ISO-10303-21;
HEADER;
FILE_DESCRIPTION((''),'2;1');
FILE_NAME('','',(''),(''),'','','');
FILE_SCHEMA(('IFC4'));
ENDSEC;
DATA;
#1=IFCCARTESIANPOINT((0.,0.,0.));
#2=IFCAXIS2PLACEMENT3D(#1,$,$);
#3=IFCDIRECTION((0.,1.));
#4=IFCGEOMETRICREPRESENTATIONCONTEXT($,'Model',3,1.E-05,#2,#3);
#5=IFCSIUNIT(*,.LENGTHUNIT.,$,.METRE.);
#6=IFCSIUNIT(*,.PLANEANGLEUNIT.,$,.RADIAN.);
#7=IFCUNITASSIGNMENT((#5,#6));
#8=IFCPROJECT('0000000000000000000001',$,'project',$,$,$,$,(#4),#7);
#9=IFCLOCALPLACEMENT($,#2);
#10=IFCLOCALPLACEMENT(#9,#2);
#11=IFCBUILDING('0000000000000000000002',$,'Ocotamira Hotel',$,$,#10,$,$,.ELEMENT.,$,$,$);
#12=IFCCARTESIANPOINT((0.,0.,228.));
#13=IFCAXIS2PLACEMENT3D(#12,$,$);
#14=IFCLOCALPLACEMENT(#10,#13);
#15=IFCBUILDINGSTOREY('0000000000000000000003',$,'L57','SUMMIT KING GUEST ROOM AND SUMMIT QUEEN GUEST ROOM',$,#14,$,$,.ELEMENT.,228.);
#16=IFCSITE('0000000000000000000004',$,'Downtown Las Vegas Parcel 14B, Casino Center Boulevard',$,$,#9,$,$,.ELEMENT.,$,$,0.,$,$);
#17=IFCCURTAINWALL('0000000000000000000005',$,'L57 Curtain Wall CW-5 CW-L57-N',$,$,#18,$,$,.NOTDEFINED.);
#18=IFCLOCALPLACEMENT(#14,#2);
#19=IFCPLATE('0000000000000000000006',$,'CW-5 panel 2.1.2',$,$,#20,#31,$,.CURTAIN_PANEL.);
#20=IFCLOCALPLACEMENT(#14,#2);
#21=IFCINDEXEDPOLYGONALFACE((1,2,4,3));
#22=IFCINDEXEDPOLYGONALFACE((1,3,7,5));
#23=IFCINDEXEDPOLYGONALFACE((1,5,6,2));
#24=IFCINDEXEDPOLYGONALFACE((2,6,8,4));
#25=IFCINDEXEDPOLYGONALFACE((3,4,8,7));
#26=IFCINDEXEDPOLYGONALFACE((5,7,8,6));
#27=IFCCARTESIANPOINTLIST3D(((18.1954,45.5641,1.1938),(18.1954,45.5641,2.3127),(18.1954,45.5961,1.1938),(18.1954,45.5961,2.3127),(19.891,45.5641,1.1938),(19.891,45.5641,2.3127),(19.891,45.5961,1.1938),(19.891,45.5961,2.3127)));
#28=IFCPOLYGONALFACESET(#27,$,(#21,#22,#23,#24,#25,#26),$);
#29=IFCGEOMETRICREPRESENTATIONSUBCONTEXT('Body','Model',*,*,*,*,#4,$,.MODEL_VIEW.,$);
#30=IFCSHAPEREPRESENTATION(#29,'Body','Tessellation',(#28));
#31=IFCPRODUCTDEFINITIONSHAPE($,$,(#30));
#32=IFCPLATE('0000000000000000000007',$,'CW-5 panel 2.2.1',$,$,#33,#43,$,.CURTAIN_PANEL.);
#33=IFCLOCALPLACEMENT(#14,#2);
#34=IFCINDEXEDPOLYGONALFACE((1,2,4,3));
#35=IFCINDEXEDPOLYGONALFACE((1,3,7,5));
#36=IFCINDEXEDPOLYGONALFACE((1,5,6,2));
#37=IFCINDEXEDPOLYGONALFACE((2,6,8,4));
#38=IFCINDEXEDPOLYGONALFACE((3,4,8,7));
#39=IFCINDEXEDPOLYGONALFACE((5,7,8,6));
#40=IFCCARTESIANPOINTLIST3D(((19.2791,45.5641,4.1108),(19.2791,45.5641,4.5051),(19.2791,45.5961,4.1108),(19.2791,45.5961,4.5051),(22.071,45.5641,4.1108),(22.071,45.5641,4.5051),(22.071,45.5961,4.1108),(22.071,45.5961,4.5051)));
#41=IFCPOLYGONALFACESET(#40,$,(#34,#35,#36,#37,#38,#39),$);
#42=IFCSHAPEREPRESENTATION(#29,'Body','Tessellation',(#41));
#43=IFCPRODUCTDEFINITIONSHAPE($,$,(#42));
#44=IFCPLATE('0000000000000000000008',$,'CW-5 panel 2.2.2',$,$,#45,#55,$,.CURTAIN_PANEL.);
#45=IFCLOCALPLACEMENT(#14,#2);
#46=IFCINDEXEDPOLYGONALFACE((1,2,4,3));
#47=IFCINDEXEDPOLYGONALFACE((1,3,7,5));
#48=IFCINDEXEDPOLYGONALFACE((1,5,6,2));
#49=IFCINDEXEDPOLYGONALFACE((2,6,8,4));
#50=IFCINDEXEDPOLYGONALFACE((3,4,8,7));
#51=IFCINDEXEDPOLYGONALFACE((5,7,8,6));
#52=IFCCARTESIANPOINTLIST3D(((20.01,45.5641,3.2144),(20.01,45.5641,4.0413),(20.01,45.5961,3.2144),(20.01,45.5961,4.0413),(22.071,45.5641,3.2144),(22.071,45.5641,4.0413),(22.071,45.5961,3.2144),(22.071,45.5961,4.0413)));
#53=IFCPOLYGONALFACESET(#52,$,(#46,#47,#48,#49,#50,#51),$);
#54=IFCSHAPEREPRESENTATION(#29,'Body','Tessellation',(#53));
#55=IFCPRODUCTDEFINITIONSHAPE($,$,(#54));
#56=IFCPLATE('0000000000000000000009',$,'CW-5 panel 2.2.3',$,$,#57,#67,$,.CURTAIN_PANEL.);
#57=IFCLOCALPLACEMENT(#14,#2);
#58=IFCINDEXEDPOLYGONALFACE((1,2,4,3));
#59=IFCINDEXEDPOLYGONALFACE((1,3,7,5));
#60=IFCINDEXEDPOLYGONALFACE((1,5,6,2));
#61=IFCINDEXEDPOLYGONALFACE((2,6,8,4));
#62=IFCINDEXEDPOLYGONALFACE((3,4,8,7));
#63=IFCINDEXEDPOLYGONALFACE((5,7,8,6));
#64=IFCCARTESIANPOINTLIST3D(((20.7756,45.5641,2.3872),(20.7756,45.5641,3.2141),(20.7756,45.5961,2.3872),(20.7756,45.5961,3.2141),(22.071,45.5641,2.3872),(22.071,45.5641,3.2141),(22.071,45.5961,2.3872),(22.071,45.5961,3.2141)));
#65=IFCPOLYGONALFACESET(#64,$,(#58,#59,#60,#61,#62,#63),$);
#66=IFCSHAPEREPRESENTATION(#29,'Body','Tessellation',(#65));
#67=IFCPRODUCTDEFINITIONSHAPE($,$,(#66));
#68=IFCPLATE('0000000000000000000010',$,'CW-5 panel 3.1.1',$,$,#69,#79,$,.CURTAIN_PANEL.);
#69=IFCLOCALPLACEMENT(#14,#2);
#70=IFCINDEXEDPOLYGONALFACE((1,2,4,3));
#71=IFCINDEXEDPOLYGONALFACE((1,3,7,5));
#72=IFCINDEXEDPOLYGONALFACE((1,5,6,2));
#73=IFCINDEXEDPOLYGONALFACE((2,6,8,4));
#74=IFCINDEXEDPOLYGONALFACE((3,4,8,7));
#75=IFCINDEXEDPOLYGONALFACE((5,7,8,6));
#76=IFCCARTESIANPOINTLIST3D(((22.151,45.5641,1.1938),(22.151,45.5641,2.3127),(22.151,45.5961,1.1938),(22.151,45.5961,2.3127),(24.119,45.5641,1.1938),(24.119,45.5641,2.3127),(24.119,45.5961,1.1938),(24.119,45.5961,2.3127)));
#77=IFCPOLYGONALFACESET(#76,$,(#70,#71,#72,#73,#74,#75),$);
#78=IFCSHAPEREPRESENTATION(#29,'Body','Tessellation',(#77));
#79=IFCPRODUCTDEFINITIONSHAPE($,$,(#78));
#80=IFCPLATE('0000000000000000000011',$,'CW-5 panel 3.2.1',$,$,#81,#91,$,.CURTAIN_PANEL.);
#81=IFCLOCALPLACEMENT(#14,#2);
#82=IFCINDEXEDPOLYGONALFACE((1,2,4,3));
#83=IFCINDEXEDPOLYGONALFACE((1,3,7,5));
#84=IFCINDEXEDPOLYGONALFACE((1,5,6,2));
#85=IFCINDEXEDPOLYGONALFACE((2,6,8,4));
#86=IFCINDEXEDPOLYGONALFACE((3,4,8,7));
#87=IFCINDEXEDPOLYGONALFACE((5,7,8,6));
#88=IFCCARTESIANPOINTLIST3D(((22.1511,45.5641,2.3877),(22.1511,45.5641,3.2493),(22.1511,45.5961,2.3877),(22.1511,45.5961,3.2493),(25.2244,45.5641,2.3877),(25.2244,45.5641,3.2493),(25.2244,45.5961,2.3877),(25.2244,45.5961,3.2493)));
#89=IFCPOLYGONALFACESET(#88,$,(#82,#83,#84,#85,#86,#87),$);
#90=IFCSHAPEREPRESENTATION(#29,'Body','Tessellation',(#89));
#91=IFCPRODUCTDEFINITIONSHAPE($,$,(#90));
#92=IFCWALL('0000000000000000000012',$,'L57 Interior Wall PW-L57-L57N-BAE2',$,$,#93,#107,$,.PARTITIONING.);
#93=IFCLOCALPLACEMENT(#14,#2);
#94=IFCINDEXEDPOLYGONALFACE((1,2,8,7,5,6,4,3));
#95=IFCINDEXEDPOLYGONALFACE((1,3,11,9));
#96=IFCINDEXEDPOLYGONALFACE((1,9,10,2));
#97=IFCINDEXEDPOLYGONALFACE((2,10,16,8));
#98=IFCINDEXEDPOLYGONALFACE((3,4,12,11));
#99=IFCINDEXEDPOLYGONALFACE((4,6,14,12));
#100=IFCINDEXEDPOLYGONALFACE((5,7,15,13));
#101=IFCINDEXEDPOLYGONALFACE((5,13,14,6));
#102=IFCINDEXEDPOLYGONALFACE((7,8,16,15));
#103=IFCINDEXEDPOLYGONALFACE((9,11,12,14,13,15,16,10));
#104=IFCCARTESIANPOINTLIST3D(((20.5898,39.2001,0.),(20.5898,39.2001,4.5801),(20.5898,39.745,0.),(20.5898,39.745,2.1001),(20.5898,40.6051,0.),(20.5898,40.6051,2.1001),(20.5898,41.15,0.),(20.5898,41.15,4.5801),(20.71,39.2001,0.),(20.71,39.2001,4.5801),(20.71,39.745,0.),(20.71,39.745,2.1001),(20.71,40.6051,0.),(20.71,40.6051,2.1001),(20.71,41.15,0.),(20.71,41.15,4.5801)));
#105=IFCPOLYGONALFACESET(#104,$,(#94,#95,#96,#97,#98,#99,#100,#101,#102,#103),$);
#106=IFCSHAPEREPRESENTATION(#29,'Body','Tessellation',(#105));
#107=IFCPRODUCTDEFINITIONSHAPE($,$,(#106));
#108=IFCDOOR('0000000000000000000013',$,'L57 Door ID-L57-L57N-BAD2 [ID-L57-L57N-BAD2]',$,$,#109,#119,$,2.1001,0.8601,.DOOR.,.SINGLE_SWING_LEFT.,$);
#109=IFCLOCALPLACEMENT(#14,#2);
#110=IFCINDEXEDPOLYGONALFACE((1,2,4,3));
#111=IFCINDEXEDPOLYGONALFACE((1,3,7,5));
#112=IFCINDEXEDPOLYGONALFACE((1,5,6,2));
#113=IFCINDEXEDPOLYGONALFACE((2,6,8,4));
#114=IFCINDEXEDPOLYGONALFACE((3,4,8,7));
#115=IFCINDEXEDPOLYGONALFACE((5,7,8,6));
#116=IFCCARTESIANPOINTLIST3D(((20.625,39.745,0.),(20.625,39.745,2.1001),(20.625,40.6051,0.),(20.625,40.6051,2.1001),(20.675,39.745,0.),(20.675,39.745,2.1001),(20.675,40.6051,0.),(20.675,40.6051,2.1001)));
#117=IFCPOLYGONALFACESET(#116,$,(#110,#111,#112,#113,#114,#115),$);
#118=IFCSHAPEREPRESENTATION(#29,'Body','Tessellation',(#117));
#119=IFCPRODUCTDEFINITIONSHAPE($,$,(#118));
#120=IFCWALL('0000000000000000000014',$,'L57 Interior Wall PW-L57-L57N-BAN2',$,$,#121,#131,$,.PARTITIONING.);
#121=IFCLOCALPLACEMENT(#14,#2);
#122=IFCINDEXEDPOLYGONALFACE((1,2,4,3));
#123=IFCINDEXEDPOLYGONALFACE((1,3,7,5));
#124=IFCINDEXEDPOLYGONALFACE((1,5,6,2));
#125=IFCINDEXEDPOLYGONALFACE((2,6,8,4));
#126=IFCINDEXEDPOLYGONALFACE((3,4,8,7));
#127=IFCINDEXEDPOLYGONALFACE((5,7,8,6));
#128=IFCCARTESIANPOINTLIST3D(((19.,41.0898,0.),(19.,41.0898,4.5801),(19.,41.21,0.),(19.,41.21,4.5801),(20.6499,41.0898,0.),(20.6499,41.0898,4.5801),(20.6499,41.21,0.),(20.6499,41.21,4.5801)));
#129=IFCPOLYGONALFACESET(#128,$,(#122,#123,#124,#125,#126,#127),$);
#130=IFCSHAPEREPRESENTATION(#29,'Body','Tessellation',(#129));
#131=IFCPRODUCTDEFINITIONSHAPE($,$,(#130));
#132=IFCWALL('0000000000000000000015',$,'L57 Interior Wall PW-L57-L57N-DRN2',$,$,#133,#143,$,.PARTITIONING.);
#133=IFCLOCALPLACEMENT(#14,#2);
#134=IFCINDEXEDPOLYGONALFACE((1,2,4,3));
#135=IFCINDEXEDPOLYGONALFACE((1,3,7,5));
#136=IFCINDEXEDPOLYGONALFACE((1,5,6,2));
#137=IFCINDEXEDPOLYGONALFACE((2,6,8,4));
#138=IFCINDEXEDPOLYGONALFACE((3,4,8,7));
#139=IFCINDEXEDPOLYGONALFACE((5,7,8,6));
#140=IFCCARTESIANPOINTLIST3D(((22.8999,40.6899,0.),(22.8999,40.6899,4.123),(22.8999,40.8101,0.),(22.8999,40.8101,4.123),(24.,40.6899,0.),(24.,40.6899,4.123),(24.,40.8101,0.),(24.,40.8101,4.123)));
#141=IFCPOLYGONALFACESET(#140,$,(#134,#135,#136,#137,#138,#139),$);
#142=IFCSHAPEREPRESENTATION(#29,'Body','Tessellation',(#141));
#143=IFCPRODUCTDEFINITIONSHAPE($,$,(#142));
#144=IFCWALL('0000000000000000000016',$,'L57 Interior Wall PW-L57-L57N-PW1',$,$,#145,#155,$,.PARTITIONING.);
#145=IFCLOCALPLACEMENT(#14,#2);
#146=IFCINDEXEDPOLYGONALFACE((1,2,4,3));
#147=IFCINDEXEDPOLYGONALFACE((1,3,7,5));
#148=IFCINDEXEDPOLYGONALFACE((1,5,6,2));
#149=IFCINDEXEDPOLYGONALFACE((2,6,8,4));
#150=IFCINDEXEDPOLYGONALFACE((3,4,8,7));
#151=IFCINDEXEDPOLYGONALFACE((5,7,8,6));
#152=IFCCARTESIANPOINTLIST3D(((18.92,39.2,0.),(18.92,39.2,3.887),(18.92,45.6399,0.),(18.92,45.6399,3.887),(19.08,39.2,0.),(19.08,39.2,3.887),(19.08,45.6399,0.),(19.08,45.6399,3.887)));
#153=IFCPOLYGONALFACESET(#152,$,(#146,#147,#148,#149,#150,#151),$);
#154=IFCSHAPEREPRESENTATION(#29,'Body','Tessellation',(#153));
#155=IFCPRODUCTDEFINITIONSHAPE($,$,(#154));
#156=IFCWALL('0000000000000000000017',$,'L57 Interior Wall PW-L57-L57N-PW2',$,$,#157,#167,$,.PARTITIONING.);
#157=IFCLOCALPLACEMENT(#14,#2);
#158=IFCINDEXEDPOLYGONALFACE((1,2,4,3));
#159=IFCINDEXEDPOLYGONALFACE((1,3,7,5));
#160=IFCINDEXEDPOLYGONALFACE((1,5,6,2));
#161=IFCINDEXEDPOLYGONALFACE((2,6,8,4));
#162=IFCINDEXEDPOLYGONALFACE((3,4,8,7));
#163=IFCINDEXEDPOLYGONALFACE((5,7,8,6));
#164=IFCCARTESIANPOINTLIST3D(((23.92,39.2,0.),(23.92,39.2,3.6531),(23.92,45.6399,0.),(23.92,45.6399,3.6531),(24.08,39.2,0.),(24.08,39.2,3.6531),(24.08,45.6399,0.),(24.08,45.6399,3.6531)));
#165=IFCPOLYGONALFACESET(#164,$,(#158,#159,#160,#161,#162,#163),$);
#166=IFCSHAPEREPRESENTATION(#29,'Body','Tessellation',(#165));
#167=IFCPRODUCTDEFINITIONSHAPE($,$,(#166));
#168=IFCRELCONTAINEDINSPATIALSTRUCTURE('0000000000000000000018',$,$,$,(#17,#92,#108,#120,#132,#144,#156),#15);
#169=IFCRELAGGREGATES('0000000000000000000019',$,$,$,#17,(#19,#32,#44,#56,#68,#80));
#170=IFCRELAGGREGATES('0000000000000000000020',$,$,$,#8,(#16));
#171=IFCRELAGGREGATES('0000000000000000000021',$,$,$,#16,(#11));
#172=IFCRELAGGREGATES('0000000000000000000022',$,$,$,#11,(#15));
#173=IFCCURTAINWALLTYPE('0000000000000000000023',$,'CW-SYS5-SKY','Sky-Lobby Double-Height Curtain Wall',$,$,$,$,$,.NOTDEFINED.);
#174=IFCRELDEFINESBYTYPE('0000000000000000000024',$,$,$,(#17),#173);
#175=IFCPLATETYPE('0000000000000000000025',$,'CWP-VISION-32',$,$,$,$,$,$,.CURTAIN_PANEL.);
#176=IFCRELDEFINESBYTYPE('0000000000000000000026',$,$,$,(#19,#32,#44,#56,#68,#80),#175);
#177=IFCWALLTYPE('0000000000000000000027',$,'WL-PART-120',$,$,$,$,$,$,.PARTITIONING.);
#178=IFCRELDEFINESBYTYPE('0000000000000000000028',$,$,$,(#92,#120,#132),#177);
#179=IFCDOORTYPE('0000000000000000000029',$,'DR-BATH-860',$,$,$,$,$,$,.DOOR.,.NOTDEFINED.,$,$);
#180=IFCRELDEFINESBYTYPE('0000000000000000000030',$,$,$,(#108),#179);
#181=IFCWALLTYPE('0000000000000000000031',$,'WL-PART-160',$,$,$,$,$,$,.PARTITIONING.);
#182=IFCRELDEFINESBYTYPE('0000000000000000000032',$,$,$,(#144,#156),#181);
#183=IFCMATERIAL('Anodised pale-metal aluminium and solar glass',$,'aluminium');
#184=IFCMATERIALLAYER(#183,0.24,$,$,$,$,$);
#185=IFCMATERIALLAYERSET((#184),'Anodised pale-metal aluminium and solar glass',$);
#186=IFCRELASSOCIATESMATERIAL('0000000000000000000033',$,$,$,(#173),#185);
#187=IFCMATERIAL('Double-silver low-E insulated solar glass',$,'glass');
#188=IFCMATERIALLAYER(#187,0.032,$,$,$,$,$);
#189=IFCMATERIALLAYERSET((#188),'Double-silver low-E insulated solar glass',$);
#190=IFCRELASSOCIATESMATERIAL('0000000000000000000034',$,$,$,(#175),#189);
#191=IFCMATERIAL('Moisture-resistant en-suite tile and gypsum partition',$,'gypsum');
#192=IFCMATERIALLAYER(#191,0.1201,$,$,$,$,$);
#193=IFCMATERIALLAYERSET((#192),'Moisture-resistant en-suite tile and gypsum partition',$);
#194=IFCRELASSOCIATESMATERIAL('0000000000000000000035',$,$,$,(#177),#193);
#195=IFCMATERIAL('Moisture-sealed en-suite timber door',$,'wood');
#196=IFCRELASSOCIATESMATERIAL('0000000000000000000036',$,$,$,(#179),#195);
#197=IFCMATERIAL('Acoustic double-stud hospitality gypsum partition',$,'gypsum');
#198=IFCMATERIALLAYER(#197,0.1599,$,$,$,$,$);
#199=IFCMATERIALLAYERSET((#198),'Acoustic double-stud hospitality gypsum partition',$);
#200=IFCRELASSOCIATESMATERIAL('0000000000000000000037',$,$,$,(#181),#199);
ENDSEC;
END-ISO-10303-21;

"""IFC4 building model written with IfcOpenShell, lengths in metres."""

from ifc_helpers import new_model, si_unit, direction, frame, frame_2d, origin, origin_2d, place, context, subcontext, project, spatial, rectangle, extrude, source, transform, mapped, material, layer, layer_set, type_object, element, fill, aggregate, save


model = new_model("IFC4")

# Units and contexts
model_context = context("Model", 3, precision=1e-05, world=origin(), true_north=direction((0.0, 1.0)))
body_context = subcontext(model_context, "Body", "Model", "MODEL_VIEW")
ifc_project = project(units=[si_unit("LENGTHUNIT", "METRE"), si_unit("PLANEANGLEUNIT", "RADIAN")], contexts=[model_context])

# Site, building, storey
site_placement = place(None, origin())
site = spatial("IfcSite", under=ifc_project, at=site_placement, Name="Downtown Las Vegas Parcel 14B, Casino Center Boulevard", CompositionType="ELEMENT", RefElevation=0.0)
building_placement = place(site_placement, origin())
building = spatial("IfcBuilding", under=site, at=building_placement, Name="Ocotamira Hotel", CompositionType="ELEMENT")
storey_placement = place(building_placement, frame((0.0, 0.0, 228.0)))
storey = spatial("IfcBuildingStorey", under=building, at=storey_placement, Name="L57", Description="SUMMIT KING GUEST ROOM AND SUMMIT QUEEN GUEST ROOM", CompositionType="ELEMENT", Elevation=228.0)

# Curtain wall
ifc_material_1 = material(Name="Anodised pale-metal aluminium and solar glass", Category="aluminium")
ifc_layer_1 = layer(ifc_material_1, 0.24)
ifc_layer_set_1 = layer_set([ifc_layer_1], Name="Anodised pale-metal aluminium and solar glass")
curtain_wall_type = type_object("IfcCurtainWallType", Name="CW-SYS5-SKY", Description="Sky-Lobby Double-Height Curtain Wall", PredefinedType="NOTDEFINED", material=ifc_layer_set_1)
curtain_wall_placement = place(storey_placement, origin())
curtain_wall = element("IfcCurtainWall", 1, at=curtain_wall_placement, inside=storey, type_object=curtain_wall_type, Name="L57 Curtain Wall CW-5 CW-L57-N", PredefinedType="NOTDEFINED")

# Plates
ifc_material_2 = material(Name="Double-silver low-E insulated solar glass", Category="glass")
ifc_layer_2 = layer(ifc_material_2, 0.032)
ifc_layer_set_2 = layer_set([ifc_layer_2], Name="Double-silver low-E insulated solar glass")
plate_type_1 = type_object("IfcPlateType", Name="CWP-VISION-32", PredefinedType="CURTAIN_PANEL", material=ifc_layer_set_2)
shared_shape_1 = source(origin(), body_context, "Body", "SweptSolid", [
    extrude(rectangle(XDim=1.6956, YDim=0.032, at=origin_2d()), origin(), (0.0, 0.0, 1.0), 1.1189),
])
plate_1_placement = place(storey_placement, frame((19.0432, 45.5801, 1.1938), z_axis=(0.0, 0.0, 1.0), x_axis=(1.0, 0.0, 0.0)))
plate_1 = element("IfcPlate", 2, at=plate_1_placement, type_object=plate_type_1, Name="CW-5 panel 2.1.2", PredefinedType="CURTAIN_PANEL", context=body_context, shape_type="MappedRepresentation", body=[
    mapped(shared_shape_1, transform((0.0, 0.0, 0.0), scale=1.0)),
])
shared_shape_2 = source(origin(), body_context, "Body", "SweptSolid", [
    extrude(rectangle(XDim=2.792, YDim=0.032, at=origin_2d()), origin(), (0.0, 0.0, 1.0), 0.3943),
])
plate_2_placement = place(storey_placement, frame((20.675, 45.5801, 4.1108), z_axis=(0.0, 0.0, 1.0), x_axis=(1.0, 0.0, 0.0)))
plate_2 = element("IfcPlate", 3, at=plate_2_placement, type_object=plate_type_1, Name="CW-5 panel 2.2.1", PredefinedType="CURTAIN_PANEL", context=body_context, shape_type="MappedRepresentation", body=[
    mapped(shared_shape_2, transform((0.0, 0.0, 0.0), scale=1.0)),
])
shared_shape_3 = source(origin(), body_context, "Body", "SweptSolid", [
    extrude(rectangle(XDim=2.061, YDim=0.032, at=origin_2d()), origin(), (0.0, 0.0, 1.0), 0.8269),
])
plate_3_placement = place(storey_placement, frame((21.0405, 45.5801, 3.2144), z_axis=(0.0, 0.0, 1.0), x_axis=(1.0, 0.0, 0.0)))
plate_3 = element("IfcPlate", 4, at=plate_3_placement, type_object=plate_type_1, Name="CW-5 panel 2.2.2", PredefinedType="CURTAIN_PANEL", context=body_context, shape_type="MappedRepresentation", body=[
    mapped(shared_shape_3, transform((0.0, 0.0, 0.0), scale=1.0)),
])
shared_shape_4 = source(origin(), body_context, "Body", "SweptSolid", [
    extrude(rectangle(XDim=1.2954, YDim=0.032, at=origin_2d()), origin(), (0.0, 0.0, 1.0), 0.8269),
])
plate_4_placement = place(storey_placement, frame((21.4233, 45.5801, 2.3872), z_axis=(0.0, 0.0, 1.0), x_axis=(1.0, 0.0, 0.0)))
plate_4 = element("IfcPlate", 5, at=plate_4_placement, type_object=plate_type_1, Name="CW-5 panel 2.2.3", PredefinedType="CURTAIN_PANEL", context=body_context, shape_type="MappedRepresentation", body=[
    mapped(shared_shape_4, transform((0.0, 0.0, 0.0), scale=1.0)),
])
shared_shape_5 = source(origin(), body_context, "Body", "SweptSolid", [
    extrude(rectangle(XDim=1.968, YDim=0.032, at=origin_2d()), origin(), (0.0, 0.0, 1.0), 1.1189),
])
plate_5_placement = place(storey_placement, frame((23.135, 45.5801, 1.1938), z_axis=(0.0, 0.0, 1.0), x_axis=(1.0, 0.0, 0.0)))
plate_5 = element("IfcPlate", 6, at=plate_5_placement, type_object=plate_type_1, Name="CW-5 panel 3.1.1", PredefinedType="CURTAIN_PANEL", context=body_context, shape_type="MappedRepresentation", body=[
    mapped(shared_shape_5, transform((0.0, 0.0, 0.0), scale=1.0)),
])
shared_shape_6 = source(origin(), body_context, "Body", "SweptSolid", [
    extrude(rectangle(XDim=3.0732, YDim=0.032, at=origin_2d()), origin(), (0.0, 0.0, 1.0), 0.8616),
])
plate_6_placement = place(storey_placement, frame((23.6877, 45.5801, 2.3877), z_axis=(0.0, 0.0, 1.0), x_axis=(1.0, 0.0, 0.0)))
plate_6 = element("IfcPlate", 7, at=plate_6_placement, type_object=plate_type_1, Name="CW-5 panel 3.2.1", PredefinedType="CURTAIN_PANEL", context=body_context, shape_type="MappedRepresentation", body=[
    mapped(shared_shape_6, transform((0.0, 0.0, 0.0), scale=1.0)),
])
aggregate(curtain_wall, [plate_1, plate_2, plate_3, plate_4, plate_5, plate_6])

# Wall, opening, door
ifc_material_3 = material(Name="Moisture-resistant en-suite tile and gypsum partition", Category="gypsum")
ifc_layer_3 = layer(ifc_material_3, 0.1201)
ifc_layer_set_3 = layer_set([ifc_layer_3], Name="Moisture-resistant en-suite tile and gypsum partition")
wall_type_1 = type_object("IfcWallType", Name="WL-PART-120", PredefinedType="PARTITIONING", material=ifc_layer_set_3)
wall_1_placement = place(storey_placement, frame((20.6499, 39.2, 0.0), z_axis=(0.0, 0.0, 1.0), x_axis=(0.0, 1.0, 0.0)))
wall_1 = element("IfcWall", 8, at=wall_1_placement, inside=storey, type_object=wall_type_1, Name="L57 Interior Wall PW-L57-L57N-BAE2", PredefinedType="PARTITIONING", context=body_context, shape_type="SweptSolid", body=[
    extrude(rectangle(XDim=1.95, YDim=0.1201, at=frame_2d((0.9751, 0.0))), origin(), (0.0, 0.0, 1.0), 4.5801),
])
opening_placement = place(wall_1_placement, frame((0.5449, 0.0, 0.0)))
opening = element("IfcOpeningElement", 9, at=opening_placement, cuts=wall_1, PredefinedType="OPENING", context=body_context, shape_type="SweptSolid", body=[
    extrude(rectangle(XDim=0.8601, YDim=2.1001, at=frame_2d((0.4302, 1.05))), frame((0.0, 0.0701, 0.0), z_axis=(0.0, -1.0, 0.0), x_axis=(1.0, 0.0, 0.0)), (0.0, 0.0, 1.0), 0.1401),
])
ifc_material_4 = material(Name="Moisture-sealed en-suite timber door", Category="wood")
door_type = type_object("IfcDoorType", Name="DR-BATH-860", OperationType="NOTDEFINED", PredefinedType="DOOR", material=ifc_material_4)
shared_shape_7 = source(origin(), body_context, "Body", "SweptSolid", [
    extrude(rectangle(XDim=0.8601, YDim=2.1001, at=frame_2d((0.4302, 1.05))), frame((0.0, 0.0249, 0.0), z_axis=(0.0, -1.0, 0.0), x_axis=(1.0, 0.0, 0.0)), (0.0, 0.0, 1.0), 0.05),
])
door_placement = place(opening_placement, origin())
door = element("IfcDoor", 10, at=door_placement, inside=storey, type_object=door_type, Name="L57 Door ID-L57-L57N-BAD2 [ID-L57-L57N-BAD2]", OperationType="SINGLE_SWING_LEFT", OverallHeight=2.1001, OverallWidth=0.8601, PredefinedType="DOOR", context=body_context, shape_type="MappedRepresentation", body=[
    mapped(shared_shape_7, transform((0.0, 0.0, 0.0), scale=1.0)),
])
fill(opening, door)

# Walls
wall_2_placement = place(storey_placement, frame((19.0, 41.1499, 0.0), z_axis=(0.0, 0.0, 1.0), x_axis=(1.0, 0.0, 0.0)))
element("IfcWall", 11, at=wall_2_placement, inside=storey, type_object=wall_type_1, Name="L57 Interior Wall PW-L57-L57N-BAN2", PredefinedType="PARTITIONING", context=body_context, shape_type="SweptSolid", body=[
    extrude(rectangle(XDim=1.6499, YDim=0.1201, at=frame_2d((0.825, 0.0))), origin(), (0.0, 0.0, 1.0), 4.5801),
])
wall_3_placement = place(storey_placement, frame((22.8999, 40.75, 0.0), z_axis=(0.0, 0.0, 1.0), x_axis=(1.0, 0.0, 0.0)))
element("IfcWall", 12, at=wall_3_placement, inside=storey, type_object=wall_type_1, Name="L57 Interior Wall PW-L57-L57N-DRN2", PredefinedType="PARTITIONING", context=body_context, shape_type="SweptSolid", body=[
    extrude(rectangle(XDim=1.1001, YDim=0.1201, at=frame_2d((0.55, 0.0))), origin(), (0.0, 0.0, 1.0), 4.123),
])
ifc_material_5 = material(Name="Acoustic double-stud hospitality gypsum partition", Category="gypsum")
ifc_layer_4 = layer(ifc_material_5, 0.1599)
ifc_layer_set_4 = layer_set([ifc_layer_4], Name="Acoustic double-stud hospitality gypsum partition")
wall_type_2 = type_object("IfcWallType", Name="WL-PART-160", PredefinedType="PARTITIONING", material=ifc_layer_set_4)
wall_4_placement = place(storey_placement, frame((19.0, 39.2, 0.0), z_axis=(0.0, 0.0, 1.0), x_axis=(0.0, 1.0, 0.0)))
element("IfcWall", 13, at=wall_4_placement, inside=storey, type_object=wall_type_2, Name="L57 Interior Wall PW-L57-L57N-PW1", PredefinedType="PARTITIONING", context=body_context, shape_type="SweptSolid", body=[
    extrude(rectangle(XDim=6.4399, YDim=0.1599, at=frame_2d((3.22, 0.0))), origin(), (0.0, 0.0, 1.0), 3.887),
])
wall_5_placement = place(storey_placement, frame((24.0, 39.2, 0.0), z_axis=(0.0, 0.0, 1.0), x_axis=(0.0, 1.0, 0.0)))
element("IfcWall", 14, at=wall_5_placement, inside=storey, type_object=wall_type_2, Name="L57 Interior Wall PW-L57-L57N-PW2", PredefinedType="PARTITIONING", context=body_context, shape_type="SweptSolid", body=[
    extrude(rectangle(XDim=6.4399, YDim=0.1599, at=frame_2d((3.22, 0.0))), origin(), (0.0, 0.0, 1.0), 3.6531),
])

save(model, "model.ifc")
